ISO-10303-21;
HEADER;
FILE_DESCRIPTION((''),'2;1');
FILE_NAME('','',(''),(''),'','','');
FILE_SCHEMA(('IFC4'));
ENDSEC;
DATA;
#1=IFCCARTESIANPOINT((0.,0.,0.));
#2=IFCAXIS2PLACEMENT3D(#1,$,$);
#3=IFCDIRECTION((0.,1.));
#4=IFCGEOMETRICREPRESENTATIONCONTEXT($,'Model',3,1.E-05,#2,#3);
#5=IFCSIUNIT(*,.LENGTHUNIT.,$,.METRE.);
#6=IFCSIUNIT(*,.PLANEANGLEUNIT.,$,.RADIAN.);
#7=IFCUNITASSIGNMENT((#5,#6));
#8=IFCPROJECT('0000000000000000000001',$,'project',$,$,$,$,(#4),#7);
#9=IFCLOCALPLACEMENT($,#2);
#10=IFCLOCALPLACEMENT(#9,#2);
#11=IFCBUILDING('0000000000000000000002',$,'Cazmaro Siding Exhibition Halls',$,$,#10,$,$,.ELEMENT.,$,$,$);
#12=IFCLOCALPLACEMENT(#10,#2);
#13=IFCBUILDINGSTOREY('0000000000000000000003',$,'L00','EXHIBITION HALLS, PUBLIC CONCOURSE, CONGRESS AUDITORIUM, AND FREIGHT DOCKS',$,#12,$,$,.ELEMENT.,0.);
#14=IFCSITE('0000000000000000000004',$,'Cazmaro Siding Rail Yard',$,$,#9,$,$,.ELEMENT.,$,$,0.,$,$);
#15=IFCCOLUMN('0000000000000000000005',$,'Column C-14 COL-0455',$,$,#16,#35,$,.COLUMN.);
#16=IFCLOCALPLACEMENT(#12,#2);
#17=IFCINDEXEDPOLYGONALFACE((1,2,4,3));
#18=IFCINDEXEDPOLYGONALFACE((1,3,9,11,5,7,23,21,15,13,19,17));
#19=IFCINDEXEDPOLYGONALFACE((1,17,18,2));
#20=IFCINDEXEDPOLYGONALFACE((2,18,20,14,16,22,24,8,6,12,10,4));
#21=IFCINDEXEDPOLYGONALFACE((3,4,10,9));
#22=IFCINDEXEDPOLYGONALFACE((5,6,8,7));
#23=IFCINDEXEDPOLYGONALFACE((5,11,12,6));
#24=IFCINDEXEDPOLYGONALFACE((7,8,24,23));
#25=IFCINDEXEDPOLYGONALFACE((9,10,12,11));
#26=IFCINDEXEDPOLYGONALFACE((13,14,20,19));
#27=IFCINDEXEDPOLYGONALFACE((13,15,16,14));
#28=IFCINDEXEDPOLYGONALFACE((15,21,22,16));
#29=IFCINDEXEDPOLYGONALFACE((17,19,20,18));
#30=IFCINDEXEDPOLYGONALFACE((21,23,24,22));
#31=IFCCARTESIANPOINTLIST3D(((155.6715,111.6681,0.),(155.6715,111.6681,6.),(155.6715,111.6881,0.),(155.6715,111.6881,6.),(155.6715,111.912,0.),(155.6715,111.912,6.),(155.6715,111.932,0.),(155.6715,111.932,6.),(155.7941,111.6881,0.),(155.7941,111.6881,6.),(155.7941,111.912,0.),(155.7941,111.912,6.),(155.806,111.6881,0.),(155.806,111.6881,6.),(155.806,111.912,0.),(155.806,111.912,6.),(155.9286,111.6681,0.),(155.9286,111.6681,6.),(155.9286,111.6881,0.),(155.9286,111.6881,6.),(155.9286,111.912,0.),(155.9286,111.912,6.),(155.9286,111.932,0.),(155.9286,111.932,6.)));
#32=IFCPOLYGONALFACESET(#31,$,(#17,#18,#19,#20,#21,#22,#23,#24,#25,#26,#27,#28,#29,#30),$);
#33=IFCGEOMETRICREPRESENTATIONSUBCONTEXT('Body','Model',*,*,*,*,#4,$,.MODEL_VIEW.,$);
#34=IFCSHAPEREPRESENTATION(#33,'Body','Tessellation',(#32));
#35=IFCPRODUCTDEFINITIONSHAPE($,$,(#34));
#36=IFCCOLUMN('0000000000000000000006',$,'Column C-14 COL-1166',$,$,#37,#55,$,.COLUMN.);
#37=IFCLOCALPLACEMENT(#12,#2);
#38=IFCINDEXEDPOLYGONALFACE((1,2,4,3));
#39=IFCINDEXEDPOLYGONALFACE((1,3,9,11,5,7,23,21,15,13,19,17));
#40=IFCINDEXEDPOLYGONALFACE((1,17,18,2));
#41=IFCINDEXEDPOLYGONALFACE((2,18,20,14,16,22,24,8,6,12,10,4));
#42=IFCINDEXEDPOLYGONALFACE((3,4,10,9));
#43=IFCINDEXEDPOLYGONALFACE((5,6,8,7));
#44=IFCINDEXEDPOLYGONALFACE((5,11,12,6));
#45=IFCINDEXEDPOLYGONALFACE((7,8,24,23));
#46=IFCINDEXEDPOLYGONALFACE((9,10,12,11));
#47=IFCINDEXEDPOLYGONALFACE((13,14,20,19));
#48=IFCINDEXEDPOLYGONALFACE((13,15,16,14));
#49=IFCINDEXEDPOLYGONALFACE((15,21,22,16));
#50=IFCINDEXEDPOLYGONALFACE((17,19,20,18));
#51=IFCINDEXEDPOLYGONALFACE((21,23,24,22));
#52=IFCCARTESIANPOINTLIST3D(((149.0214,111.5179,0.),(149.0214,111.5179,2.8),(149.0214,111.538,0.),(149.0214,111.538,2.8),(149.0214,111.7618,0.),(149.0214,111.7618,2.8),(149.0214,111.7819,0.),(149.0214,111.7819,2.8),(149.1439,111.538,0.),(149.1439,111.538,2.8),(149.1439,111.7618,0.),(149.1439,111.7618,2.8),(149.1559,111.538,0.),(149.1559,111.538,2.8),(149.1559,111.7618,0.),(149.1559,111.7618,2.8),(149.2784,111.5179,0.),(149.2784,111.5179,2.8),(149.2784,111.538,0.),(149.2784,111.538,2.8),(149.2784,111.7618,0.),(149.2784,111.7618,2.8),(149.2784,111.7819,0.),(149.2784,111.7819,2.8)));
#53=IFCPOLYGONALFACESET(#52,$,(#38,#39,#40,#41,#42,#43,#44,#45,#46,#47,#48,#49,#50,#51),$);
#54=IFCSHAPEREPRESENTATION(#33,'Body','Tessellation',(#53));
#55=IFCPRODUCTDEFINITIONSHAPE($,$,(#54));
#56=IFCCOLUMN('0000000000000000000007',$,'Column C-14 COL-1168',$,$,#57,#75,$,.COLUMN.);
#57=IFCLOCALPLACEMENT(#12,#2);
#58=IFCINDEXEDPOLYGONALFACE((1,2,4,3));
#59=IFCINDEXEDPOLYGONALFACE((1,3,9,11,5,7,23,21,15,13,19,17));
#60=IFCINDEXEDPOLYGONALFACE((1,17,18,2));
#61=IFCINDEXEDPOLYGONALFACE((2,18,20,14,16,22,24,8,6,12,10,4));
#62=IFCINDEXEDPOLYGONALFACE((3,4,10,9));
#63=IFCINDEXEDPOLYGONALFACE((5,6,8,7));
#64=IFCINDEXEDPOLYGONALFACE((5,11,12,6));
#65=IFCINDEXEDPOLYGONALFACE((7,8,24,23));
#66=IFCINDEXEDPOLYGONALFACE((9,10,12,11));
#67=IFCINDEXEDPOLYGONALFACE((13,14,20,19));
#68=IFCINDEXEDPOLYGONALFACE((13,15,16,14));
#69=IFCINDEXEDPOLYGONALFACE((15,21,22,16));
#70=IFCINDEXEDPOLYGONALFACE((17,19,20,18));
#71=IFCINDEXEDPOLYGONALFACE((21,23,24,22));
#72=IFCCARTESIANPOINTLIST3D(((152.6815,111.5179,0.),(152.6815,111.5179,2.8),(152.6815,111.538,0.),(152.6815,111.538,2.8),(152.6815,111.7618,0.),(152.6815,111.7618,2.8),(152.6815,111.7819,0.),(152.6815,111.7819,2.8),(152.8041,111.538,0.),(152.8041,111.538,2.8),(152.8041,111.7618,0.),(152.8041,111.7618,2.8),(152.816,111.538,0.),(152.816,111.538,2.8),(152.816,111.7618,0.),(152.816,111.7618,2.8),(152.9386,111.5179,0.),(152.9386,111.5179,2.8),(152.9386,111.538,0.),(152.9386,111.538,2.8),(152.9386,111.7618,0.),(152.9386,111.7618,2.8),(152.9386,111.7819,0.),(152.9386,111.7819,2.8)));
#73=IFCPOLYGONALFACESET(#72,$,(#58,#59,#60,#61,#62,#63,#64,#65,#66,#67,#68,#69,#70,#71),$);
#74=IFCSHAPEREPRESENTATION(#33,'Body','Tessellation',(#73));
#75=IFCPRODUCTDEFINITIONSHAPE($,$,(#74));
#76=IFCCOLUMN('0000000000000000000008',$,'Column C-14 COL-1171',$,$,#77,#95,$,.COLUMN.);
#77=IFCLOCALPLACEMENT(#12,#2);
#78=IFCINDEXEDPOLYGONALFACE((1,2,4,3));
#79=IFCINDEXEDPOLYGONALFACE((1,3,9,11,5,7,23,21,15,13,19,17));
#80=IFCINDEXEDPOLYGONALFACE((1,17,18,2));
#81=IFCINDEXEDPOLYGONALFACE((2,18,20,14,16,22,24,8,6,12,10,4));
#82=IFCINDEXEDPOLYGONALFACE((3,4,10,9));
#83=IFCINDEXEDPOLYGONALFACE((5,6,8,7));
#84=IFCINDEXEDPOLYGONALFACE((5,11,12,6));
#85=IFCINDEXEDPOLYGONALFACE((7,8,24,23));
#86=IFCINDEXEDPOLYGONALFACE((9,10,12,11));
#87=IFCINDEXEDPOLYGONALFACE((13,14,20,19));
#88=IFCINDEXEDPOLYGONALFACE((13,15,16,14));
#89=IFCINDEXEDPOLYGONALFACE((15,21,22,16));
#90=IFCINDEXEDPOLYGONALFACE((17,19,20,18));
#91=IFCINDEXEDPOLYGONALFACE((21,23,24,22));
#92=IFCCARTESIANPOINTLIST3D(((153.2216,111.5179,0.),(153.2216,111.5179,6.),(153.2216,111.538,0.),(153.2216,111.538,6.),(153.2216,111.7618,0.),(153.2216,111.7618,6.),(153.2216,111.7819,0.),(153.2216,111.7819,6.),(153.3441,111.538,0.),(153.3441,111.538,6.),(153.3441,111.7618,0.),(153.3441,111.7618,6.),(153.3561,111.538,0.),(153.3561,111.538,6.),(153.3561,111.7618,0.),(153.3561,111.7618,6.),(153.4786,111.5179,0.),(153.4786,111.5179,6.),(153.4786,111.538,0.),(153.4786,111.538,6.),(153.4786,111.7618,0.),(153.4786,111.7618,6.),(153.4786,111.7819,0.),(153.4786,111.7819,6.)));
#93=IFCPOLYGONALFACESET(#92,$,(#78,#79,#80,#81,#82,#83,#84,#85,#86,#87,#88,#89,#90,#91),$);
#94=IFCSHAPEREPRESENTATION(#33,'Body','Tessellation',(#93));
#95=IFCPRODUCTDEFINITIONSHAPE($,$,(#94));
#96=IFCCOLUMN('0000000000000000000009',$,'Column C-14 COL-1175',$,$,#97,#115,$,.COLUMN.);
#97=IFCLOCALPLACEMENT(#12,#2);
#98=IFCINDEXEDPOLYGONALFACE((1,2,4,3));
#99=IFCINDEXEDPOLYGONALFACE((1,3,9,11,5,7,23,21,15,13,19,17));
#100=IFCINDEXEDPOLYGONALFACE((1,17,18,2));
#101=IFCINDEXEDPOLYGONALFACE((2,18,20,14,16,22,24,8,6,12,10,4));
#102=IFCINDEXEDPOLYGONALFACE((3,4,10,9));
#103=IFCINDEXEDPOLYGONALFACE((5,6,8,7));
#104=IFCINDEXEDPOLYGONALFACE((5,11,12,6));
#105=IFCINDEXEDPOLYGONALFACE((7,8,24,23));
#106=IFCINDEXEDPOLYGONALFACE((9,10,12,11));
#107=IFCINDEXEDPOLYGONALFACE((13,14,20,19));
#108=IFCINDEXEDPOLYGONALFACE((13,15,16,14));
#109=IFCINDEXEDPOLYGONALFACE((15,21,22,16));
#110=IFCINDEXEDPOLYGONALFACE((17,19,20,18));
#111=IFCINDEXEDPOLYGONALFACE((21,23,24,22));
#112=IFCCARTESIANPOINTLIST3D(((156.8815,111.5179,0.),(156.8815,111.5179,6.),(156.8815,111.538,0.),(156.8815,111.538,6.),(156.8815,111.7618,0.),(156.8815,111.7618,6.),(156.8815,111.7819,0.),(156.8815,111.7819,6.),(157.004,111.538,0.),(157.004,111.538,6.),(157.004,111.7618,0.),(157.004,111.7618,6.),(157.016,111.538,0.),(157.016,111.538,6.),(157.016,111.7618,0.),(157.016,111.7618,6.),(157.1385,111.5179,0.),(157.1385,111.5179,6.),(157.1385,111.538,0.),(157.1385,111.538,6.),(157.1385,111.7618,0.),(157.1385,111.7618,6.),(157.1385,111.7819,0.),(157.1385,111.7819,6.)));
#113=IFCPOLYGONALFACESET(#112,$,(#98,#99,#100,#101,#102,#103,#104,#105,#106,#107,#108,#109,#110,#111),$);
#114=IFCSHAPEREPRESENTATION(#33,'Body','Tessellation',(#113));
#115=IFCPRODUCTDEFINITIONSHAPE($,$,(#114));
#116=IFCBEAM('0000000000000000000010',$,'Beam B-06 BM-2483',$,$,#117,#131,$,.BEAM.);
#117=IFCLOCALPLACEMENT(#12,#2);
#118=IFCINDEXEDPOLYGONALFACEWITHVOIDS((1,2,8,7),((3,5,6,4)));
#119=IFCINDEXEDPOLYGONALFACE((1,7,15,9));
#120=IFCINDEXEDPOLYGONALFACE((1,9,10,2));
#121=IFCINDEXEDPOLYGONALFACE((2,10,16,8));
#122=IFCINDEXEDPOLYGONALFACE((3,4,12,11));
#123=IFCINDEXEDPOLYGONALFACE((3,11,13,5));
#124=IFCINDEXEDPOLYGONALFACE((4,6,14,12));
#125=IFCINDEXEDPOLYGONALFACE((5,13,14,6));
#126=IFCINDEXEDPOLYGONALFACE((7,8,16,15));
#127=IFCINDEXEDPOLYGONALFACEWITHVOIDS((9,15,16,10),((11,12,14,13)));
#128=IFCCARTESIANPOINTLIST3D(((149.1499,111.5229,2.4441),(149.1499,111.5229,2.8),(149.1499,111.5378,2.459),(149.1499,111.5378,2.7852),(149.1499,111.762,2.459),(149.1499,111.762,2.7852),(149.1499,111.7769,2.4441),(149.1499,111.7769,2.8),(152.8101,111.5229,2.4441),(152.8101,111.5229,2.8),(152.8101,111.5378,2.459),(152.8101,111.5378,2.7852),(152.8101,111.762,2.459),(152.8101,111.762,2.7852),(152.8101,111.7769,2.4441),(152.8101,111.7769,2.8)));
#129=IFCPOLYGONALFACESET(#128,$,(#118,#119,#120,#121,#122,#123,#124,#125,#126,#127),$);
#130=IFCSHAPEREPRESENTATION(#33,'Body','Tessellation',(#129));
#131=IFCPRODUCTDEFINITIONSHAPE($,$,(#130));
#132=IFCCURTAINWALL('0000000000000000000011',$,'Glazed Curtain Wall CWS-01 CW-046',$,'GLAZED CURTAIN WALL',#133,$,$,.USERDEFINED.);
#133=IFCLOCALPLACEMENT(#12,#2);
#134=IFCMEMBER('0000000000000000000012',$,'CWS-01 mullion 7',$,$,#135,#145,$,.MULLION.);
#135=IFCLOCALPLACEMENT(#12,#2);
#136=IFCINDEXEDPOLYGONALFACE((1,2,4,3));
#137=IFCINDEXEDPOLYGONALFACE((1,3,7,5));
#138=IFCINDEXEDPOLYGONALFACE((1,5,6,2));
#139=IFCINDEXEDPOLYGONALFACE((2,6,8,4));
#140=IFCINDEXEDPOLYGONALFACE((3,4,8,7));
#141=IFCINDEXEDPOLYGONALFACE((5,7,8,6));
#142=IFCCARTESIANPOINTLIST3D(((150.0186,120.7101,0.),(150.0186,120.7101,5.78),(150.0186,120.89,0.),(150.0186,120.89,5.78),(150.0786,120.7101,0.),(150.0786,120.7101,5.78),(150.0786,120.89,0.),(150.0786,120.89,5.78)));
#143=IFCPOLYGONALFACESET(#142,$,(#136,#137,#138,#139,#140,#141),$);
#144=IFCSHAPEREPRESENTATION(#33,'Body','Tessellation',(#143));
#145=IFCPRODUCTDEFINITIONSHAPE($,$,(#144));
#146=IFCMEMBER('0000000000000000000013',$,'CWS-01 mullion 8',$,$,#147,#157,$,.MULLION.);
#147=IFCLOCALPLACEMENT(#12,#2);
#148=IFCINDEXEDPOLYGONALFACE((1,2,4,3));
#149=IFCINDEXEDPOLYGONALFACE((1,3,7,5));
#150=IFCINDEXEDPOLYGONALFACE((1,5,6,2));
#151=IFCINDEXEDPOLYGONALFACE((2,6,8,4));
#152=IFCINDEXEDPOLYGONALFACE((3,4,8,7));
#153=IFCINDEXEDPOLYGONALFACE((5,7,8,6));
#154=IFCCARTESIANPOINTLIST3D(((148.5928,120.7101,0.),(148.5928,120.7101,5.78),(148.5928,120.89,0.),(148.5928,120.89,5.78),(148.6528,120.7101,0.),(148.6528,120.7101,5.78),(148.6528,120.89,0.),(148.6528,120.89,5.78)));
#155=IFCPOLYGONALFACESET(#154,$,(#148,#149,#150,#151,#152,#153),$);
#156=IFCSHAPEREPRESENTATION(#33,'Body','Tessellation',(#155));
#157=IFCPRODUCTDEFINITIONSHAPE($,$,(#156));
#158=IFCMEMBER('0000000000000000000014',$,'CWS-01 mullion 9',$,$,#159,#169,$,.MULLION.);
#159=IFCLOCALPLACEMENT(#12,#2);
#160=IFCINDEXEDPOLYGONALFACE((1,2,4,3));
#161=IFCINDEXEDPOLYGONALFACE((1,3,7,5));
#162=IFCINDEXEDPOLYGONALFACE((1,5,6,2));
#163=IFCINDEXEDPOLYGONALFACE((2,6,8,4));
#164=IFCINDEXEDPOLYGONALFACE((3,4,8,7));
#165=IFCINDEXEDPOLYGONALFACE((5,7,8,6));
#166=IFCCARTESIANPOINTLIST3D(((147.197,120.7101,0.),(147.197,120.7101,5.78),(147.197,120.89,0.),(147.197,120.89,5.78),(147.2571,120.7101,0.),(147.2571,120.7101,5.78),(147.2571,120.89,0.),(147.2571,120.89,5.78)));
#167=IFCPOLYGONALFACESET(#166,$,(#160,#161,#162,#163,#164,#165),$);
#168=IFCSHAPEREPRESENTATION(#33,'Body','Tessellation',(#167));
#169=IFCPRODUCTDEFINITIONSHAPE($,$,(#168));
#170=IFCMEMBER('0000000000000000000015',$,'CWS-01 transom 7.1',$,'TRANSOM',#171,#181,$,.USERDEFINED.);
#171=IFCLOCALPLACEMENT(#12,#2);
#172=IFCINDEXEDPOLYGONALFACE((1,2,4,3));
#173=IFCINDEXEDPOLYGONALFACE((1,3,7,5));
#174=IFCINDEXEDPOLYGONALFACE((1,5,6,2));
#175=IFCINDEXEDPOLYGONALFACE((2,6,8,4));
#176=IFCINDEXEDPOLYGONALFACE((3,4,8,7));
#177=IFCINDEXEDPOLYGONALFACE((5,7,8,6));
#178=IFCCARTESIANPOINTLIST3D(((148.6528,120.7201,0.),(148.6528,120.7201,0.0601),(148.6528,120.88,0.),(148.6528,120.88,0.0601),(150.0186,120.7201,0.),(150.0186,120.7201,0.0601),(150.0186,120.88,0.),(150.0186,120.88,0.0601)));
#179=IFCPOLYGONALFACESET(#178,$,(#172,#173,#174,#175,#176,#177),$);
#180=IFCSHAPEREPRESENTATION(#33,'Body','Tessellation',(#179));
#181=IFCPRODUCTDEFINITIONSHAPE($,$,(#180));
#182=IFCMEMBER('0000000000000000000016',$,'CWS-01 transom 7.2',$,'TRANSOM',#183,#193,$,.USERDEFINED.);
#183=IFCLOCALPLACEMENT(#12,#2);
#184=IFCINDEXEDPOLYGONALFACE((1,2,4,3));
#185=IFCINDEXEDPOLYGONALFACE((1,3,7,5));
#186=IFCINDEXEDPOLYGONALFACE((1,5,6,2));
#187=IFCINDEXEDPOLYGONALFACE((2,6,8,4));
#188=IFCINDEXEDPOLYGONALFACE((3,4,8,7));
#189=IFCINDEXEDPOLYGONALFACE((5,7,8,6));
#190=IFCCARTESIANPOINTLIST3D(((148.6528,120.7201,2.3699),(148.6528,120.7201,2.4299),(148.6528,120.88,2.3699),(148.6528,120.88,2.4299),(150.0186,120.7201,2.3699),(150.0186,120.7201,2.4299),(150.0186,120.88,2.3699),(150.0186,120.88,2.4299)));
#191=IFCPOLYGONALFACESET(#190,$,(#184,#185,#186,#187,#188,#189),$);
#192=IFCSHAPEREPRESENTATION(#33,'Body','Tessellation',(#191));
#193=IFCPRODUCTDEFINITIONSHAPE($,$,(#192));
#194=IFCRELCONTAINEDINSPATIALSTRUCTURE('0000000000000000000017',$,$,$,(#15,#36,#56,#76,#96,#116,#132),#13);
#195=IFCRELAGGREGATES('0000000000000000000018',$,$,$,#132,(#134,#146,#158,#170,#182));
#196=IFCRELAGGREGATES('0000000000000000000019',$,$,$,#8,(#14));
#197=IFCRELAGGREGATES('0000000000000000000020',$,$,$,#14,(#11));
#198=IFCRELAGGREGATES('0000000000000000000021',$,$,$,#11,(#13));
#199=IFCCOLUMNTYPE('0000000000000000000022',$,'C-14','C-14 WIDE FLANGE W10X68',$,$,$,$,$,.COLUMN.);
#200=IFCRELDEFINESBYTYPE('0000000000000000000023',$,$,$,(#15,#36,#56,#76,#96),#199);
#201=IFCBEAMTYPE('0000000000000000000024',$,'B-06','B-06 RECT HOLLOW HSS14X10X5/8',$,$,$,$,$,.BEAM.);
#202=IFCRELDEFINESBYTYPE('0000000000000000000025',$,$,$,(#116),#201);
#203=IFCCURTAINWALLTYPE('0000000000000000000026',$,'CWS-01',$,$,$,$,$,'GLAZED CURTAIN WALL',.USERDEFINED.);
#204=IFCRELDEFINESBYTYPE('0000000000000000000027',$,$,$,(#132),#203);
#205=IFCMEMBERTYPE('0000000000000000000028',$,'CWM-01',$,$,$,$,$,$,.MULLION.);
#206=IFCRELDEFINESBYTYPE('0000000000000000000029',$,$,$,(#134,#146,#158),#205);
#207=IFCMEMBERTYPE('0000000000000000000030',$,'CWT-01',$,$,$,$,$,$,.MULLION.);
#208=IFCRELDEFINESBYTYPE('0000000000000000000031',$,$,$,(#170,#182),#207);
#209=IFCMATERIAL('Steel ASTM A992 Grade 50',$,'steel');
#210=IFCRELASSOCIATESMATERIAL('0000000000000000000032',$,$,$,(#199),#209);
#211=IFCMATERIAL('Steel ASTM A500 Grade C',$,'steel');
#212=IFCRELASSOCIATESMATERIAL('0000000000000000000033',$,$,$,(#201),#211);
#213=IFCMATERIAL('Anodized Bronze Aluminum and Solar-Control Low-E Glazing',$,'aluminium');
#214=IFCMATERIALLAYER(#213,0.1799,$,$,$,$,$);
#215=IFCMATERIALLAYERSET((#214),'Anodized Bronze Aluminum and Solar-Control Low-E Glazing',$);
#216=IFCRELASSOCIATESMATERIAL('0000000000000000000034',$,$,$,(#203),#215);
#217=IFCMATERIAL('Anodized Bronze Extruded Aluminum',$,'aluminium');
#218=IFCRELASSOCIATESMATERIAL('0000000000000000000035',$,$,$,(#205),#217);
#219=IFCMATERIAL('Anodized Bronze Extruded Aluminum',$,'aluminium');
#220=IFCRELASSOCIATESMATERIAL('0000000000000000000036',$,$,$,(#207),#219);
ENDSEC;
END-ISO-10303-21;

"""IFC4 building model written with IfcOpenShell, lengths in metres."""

from ifc_helpers import new_model, si_unit, direction, frame, origin, origin_2d, place, context, subcontext, project, spatial, rectangle, hollow_rectangle, i_section, extrude, material, layer, layer_set, material_profile, profile_set, type_object, element, aggregate, save


model = new_model("IFC4")

# Units and contexts
model_context = context("Model", 3, precision=1e-05, world=origin(), true_north=direction((0.0, 1.0)))
body_context = subcontext(model_context, "Body", "Model", "MODEL_VIEW")
ifc_project = project(units=[si_unit("LENGTHUNIT", "METRE"), si_unit("PLANEANGLEUNIT", "RADIAN")], contexts=[model_context])

# Site, building, storey
site_placement = place(None, origin())
site = spatial("IfcSite", under=ifc_project, at=site_placement, Name="Cazmaro Siding Rail Yard", CompositionType="ELEMENT", RefElevation=0.0)
building_placement = place(site_placement, origin())
building = spatial("IfcBuilding", under=site, at=building_placement, Name="Cazmaro Siding Exhibition Halls", CompositionType="ELEMENT")
storey_placement = place(building_placement, origin())
storey = spatial("IfcBuildingStorey", under=building, at=storey_placement, Name="L00", Description="EXHIBITION HALLS, PUBLIC CONCOURSE, CONGRESS AUDITORIUM, AND FREIGHT DOCKS", CompositionType="ELEMENT", Elevation=0.0)

# Columns
ifc_material_1 = material(Name="Steel ASTM A992 Grade 50", Category="steel")
ifc_material_profile_1 = material_profile(ifc_material_1, i_section(OverallWidth=0.2571, OverallDepth=0.2639, WebThickness=0.012, FlangeThickness=0.02, at=origin_2d()), Name="W10X68")
ifc_profile_set_1 = profile_set([ifc_material_profile_1], Name="Steel ASTM A992 Grade 50")
column_type_1 = type_object("IfcColumnType", Name="C-14", Description="C-14 WIDE FLANGE W10X68", PredefinedType="COLUMN", material=ifc_profile_set_1)
column_placement = place(storey_placement, frame((155.8, 111.8, 0.0), z_axis=(0.0, 0.0, 1.0), x_axis=(1.0, 0.0, 0.0)))
element("IfcColumn", 1, at=column_placement, inside=storey, type_object=column_type_1, Name="Column C-14 COL-0455", PredefinedType="COLUMN", context=body_context, shape_type="SweptSolid", body=[
    extrude(i_section(OverallWidth=0.2571, OverallDepth=0.2639, WebThickness=0.012, FlangeThickness=0.02, at=origin_2d()), origin(), (0.0, 0.0, 1.0), 6.0),
])
for number, where, z_axis, x_axis, name in (
    (2, (149.1499, 111.6499, 0.0), (0.0, 0.0, 1.0), (1.0, 0.0, 0.0), "Column C-14 COL-1166"),
    (3, (152.8101, 111.6499, 0.0), (0.0, 0.0, 1.0), (1.0, 0.0, 0.0), "Column C-14 COL-1168"),
):
    element("IfcColumn", number, at=place(storey_placement, frame(where, z_axis=z_axis, x_axis=x_axis)), inside=storey, type_object=column_type_1, Name=name, PredefinedType="COLUMN", context=body_context, shape_type="SweptSolid", body=[
        extrude(i_section(OverallWidth=0.2571, OverallDepth=0.2639, WebThickness=0.012, FlangeThickness=0.02, at=origin_2d()), origin(), (0.0, 0.0, 1.0), 2.8),
    ])
for number, where, z_axis, x_axis, name in (
    (4, (153.3501, 111.6499, 0.0), (0.0, 0.0, 1.0), (1.0, 0.0, 0.0), "Column C-14 COL-1171"),
    (5, (157.01, 111.6499, 0.0), (0.0, 0.0, 1.0), (1.0, 0.0, 0.0), "Column C-14 COL-1175"),
):
    element("IfcColumn", number, at=place(storey_placement, frame(where, z_axis=z_axis, x_axis=x_axis)), inside=storey, type_object=column_type_1, Name=name, PredefinedType="COLUMN", context=body_context, shape_type="SweptSolid", body=[
        extrude(i_section(OverallWidth=0.2571, OverallDepth=0.2639, WebThickness=0.012, FlangeThickness=0.02, at=origin_2d()), origin(), (0.0, 0.0, 1.0), 6.0),
    ])

# Beam
ifc_material_2 = material(Name="Steel ASTM A500 Grade C", Category="steel")
ifc_material_profile_2 = material_profile(ifc_material_2, hollow_rectangle(XDim=0.2539, YDim=0.356, WallThickness=0.0149, at=origin_2d()), Name="HSS14X10X5/8")
ifc_profile_set_2 = profile_set([ifc_material_profile_2], Name="Steel ASTM A500 Grade C")
beam_type = type_object("IfcBeamType", Name="B-06", Description="B-06 RECT HOLLOW HSS14X10X5/8", PredefinedType="BEAM", material=ifc_profile_set_2)
beam_placement = place(storey_placement, frame((149.1499, 111.6499, 2.6221), z_axis=(1.0, 0.0, 0.0), x_axis=(0.0, 1.0, 0.0)))
element("IfcBeam", 6, at=beam_placement, inside=storey, type_object=beam_type, Name="Beam B-06 BM-2483", PredefinedType="BEAM", context=body_context, shape_type="SweptSolid", body=[
    extrude(hollow_rectangle(XDim=0.2539, YDim=0.356, WallThickness=0.0149, at=origin_2d()), origin(), (0.0, 0.0, 1.0), 3.6602),
])

# Curtain wall, members
ifc_material_3 = material(Name="Anodized Bronze Aluminum and Solar-Control Low-E Glazing", Category="aluminium")
ifc_layer_1 = layer(ifc_material_3, 0.1799)
ifc_layer_set_1 = layer_set([ifc_layer_1], Name="Anodized Bronze Aluminum and Solar-Control Low-E Glazing")
curtain_wall_type = type_object("IfcCurtainWallType", Name="CWS-01", ElementType="GLAZED CURTAIN WALL", PredefinedType="USERDEFINED", material=ifc_layer_set_1)
curtain_wall_placement = place(storey_placement, origin())
curtain_wall = element("IfcCurtainWall", 7, at=curtain_wall_placement, inside=storey, type_object=curtain_wall_type, Name="Glazed Curtain Wall CWS-01 CW-046", ObjectType="GLAZED CURTAIN WALL", PredefinedType="USERDEFINED")
ifc_material_4 = material(Name="Anodized Bronze Extruded Aluminum", Category="aluminium")
ifc_material_profile_3 = material_profile(ifc_material_4, rectangle(XDim=0.1799, YDim=0.0601, at=origin_2d()), Name="CWM-01")
ifc_profile_set_3 = profile_set([ifc_material_profile_3], Name="Anodized Bronze Extruded Aluminum")
member_type_1 = type_object("IfcMemberType", Name="CWM-01", PredefinedType="MULLION", material=ifc_profile_set_3)
member_1_placement = place(storey_placement, frame((150.0486, 120.8, 0.0), z_axis=(0.0, 0.0, 1.0), x_axis=(0.0, -1.0, 0.0)))
member_1 = element("IfcMember", 8, at=member_1_placement, type_object=member_type_1, Name="CWS-01 mullion 7", PredefinedType="MULLION", context=body_context, shape_type="SweptSolid", body=[
    extrude(rectangle(XDim=0.1799, YDim=0.0601, at=origin_2d()), origin(), (0.0, 0.0, 1.0), 5.78),
])
member_2_placement = place(storey_placement, frame((148.6228, 120.8, 0.0), z_axis=(0.0, 0.0, 1.0), x_axis=(0.0, -1.0, 0.0)))
member_2 = element("IfcMember", 9, at=member_2_placement, type_object=member_type_1, Name="CWS-01 mullion 8", PredefinedType="MULLION", context=body_context, shape_type="SweptSolid", body=[
    extrude(rectangle(XDim=0.1799, YDim=0.0601, at=origin_2d()), origin(), (0.0, 0.0, 1.0), 5.78),
])
member_3_placement = place(storey_placement, frame((147.2271, 120.8, 0.0), z_axis=(0.0, 0.0, 1.0), x_axis=(0.0, -1.0, 0.0)))
member_3 = element("IfcMember", 10, at=member_3_placement, type_object=member_type_1, Name="CWS-01 mullion 9", PredefinedType="MULLION", context=body_context, shape_type="SweptSolid", body=[
    extrude(rectangle(XDim=0.1799, YDim=0.0601, at=origin_2d()), origin(), (0.0, 0.0, 1.0), 5.78),
])
ifc_material_5 = material(Name="Anodized Bronze Extruded Aluminum", Category="aluminium")
ifc_material_profile_4 = material_profile(ifc_material_5, rectangle(XDim=0.1599, YDim=0.0601, at=origin_2d()), Name="CWT-01")
ifc_profile_set_4 = profile_set([ifc_material_profile_4], Name="Anodized Bronze Extruded Aluminum")
member_type_2 = type_object("IfcMemberType", Name="CWT-01", PredefinedType="MULLION", material=ifc_profile_set_4)
member_4_placement = place(storey_placement, frame((150.0186, 120.8, 0.03), z_axis=(-1.0, 0.0, 0.0), x_axis=(0.0, -1.0, 0.0)))
member_4 = element("IfcMember", 11, at=member_4_placement, type_object=member_type_2, Name="CWS-01 transom 7.1", ObjectType="TRANSOM", PredefinedType="USERDEFINED", context=body_context, shape_type="SweptSolid", body=[
    extrude(rectangle(XDim=0.1599, YDim=0.0601, at=origin_2d()), origin(), (0.0, 0.0, 1.0), 1.3657),
])
member_5_placement = place(storey_placement, frame((150.0186, 120.8, 2.3999), z_axis=(-1.0, 0.0, 0.0), x_axis=(0.0, -1.0, 0.0)))
member_5 = element("IfcMember", 12, at=member_5_placement, type_object=member_type_2, Name="CWS-01 transom 7.2", ObjectType="TRANSOM", PredefinedType="USERDEFINED", context=body_context, shape_type="SweptSolid", body=[
    extrude(rectangle(XDim=0.1599, YDim=0.0601, at=origin_2d()), origin(), (0.0, 0.0, 1.0), 1.3657),
])
aggregate(curtain_wall, [member_1, member_2, member_3, member_4, member_5])

save(model, "model.ifc")
